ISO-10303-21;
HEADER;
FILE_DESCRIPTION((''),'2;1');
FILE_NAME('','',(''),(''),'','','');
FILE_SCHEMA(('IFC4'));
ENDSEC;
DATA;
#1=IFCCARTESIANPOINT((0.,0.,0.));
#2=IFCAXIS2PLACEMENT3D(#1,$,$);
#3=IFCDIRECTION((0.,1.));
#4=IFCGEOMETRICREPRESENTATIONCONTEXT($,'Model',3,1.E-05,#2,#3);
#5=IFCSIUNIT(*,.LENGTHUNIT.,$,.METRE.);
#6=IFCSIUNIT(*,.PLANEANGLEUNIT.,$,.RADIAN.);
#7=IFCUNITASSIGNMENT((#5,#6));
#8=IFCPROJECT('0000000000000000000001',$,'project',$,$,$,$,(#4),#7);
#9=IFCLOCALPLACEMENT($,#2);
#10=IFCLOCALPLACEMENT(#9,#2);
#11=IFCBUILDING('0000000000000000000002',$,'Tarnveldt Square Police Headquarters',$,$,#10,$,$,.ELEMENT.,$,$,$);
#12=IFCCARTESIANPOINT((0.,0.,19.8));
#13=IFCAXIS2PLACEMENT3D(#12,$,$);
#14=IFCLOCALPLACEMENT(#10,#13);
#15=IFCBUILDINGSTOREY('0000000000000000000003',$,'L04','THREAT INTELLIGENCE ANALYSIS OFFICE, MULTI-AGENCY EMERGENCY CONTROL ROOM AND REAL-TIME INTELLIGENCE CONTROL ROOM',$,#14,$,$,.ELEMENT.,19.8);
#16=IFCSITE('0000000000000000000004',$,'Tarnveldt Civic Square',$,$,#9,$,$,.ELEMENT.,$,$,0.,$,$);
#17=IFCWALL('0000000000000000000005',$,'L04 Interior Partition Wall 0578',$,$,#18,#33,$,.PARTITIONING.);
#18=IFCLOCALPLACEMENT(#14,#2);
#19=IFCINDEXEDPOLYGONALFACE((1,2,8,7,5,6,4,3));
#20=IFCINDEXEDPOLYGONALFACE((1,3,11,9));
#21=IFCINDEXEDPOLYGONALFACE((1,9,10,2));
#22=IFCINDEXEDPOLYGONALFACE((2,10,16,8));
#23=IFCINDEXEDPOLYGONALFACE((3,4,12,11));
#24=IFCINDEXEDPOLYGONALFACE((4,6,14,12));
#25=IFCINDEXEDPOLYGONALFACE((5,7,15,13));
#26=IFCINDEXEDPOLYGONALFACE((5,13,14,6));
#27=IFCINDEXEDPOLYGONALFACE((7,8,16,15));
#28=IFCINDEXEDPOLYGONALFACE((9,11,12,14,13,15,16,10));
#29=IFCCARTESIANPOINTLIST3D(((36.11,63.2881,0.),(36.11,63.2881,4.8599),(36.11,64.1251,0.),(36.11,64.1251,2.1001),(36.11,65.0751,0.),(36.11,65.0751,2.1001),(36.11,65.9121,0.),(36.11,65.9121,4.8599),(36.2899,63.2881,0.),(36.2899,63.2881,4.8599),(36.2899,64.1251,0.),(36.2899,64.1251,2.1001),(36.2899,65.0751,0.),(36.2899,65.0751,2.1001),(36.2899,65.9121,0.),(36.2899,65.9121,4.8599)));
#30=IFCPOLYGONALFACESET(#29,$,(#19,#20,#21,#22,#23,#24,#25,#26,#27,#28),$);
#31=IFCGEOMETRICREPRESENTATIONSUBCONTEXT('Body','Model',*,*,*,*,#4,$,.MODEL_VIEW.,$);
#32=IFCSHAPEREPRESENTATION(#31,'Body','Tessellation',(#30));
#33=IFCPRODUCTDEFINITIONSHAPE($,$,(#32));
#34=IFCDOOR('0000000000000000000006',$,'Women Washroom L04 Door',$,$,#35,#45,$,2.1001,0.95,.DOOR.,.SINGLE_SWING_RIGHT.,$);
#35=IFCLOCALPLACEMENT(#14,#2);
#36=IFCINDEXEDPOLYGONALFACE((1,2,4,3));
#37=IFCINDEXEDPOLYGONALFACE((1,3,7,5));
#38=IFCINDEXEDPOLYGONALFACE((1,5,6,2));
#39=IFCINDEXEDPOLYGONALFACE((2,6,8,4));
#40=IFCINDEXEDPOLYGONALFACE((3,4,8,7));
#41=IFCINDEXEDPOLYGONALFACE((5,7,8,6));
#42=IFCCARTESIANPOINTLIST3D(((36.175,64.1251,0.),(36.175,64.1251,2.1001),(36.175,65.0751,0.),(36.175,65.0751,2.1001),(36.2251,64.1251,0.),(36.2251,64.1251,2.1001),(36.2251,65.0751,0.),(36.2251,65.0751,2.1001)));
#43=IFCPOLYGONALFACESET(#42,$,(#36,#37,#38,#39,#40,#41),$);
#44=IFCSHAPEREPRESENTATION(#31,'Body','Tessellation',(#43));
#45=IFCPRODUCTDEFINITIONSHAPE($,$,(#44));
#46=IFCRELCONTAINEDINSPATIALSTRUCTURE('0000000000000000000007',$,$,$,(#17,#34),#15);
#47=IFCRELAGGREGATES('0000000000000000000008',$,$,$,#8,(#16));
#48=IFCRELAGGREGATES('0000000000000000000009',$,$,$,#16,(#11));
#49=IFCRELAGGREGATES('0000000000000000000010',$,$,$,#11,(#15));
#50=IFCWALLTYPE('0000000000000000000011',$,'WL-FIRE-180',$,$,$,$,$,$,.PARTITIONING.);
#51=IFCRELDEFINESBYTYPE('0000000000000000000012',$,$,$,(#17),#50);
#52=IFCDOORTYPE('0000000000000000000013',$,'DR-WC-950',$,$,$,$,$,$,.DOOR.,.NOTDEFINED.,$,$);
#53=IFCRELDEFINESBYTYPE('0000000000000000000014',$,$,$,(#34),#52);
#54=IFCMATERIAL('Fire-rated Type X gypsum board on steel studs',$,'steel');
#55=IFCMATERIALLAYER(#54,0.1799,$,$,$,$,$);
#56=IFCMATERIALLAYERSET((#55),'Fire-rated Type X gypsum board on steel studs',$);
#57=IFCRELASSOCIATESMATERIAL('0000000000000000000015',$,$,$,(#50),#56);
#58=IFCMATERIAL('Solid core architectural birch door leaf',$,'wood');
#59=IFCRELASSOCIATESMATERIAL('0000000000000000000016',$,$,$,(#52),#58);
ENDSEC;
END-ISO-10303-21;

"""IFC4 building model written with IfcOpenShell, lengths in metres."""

from ifc_helpers import new_model, si_unit, direction, frame, frame_2d, origin, place, context, subcontext, project, spatial, rectangle, extrude, material, layer, layer_set, type_object, element, fill, save


model = new_model("IFC4")

# Units and contexts
model_context = context("Model", 3, precision=1e-05, world=origin(), true_north=direction((0.0, 1.0)))
body_context = subcontext(model_context, "Body", "Model", "MODEL_VIEW")
ifc_project = project(units=[si_unit("LENGTHUNIT", "METRE"), si_unit("PLANEANGLEUNIT", "RADIAN")], contexts=[model_context])

# Site, building, storey
site_placement = place(None, origin())
site = spatial("IfcSite", under=ifc_project, at=site_placement, Name="Tarnveldt Civic Square", CompositionType="ELEMENT", RefElevation=0.0)
building_placement = place(site_placement, origin())
building = spatial("IfcBuilding", under=site, at=building_placement, Name="Tarnveldt Square Police Headquarters", CompositionType="ELEMENT")
storey_placement = place(building_placement, frame((0.0, 0.0, 19.8)))
storey = spatial("IfcBuildingStorey", under=building, at=storey_placement, Name="L04", Description="THREAT INTELLIGENCE ANALYSIS OFFICE, MULTI-AGENCY EMERGENCY CONTROL ROOM AND REAL-TIME INTELLIGENCE CONTROL ROOM", CompositionType="ELEMENT", Elevation=19.8)

# Wall, opening, door
ifc_material_1 = material(Name="Fire-rated Type X gypsum board on steel studs", Category="steel")
ifc_layer_1 = layer(ifc_material_1, 0.1799)
ifc_layer_set_1 = layer_set([ifc_layer_1], Name="Fire-rated Type X gypsum board on steel studs")
wall_type = type_object("IfcWallType", Name="WL-FIRE-180", PredefinedType="PARTITIONING", material=ifc_layer_set_1)
ifc_material_2 = material(Name="Solid core architectural birch door leaf", Category="wood")
door_type_1 = type_object("IfcDoorType", Name="DR-WC-950", OperationType="NOTDEFINED", PredefinedType="DOOR", material=ifc_material_2)
wall_1_placement = place(storey_placement, frame((36.2, 63.2881, 0.0), z_axis=(0.0, 0.0, 1.0), x_axis=(0.0, 1.0, 0.0)))
wall_1 = element("IfcWall", 1, at=wall_1_placement, inside=storey, type_object=wall_type, Name="L04 Interior Partition Wall 0578", PredefinedType="PARTITIONING", context=body_context, shape_type="SweptSolid", body=[
    extrude(rectangle(XDim=2.624, YDim=0.1799, at=frame_2d((1.312, 0.0))), origin(), (0.0, 0.0, 1.0), 4.8599),
])
opening_1_placement = place(wall_1_placement, frame((0.8369, 0.0, 0.0)))
opening_1 = element("IfcOpeningElement", 2, at=opening_1_placement, cuts=wall_1, PredefinedType="OPENING", context=body_context, shape_type="SweptSolid", body=[
    extrude(rectangle(XDim=0.95, YDim=2.1001, at=frame_2d((0.4751, 1.05))), frame((0.0, 0.0999, 0.0), z_axis=(0.0, -1.0, 0.0), x_axis=(1.0, 0.0, 0.0)), (0.0, 0.0, 1.0), 0.2),
])
door_1_placement = place(opening_1_placement, origin())
door_1 = element("IfcDoor", 3, at=door_1_placement, inside=storey, type_object=door_type_1, Name="Women Washroom L04 Door", OperationType="SINGLE_SWING_RIGHT", OverallHeight=2.1001, OverallWidth=0.95, PredefinedType="DOOR", context=body_context, shape_type="SweptSolid", body=[
    extrude(rectangle(XDim=0.95, YDim=2.1001, at=frame_2d((0.4751, 1.05))), frame((0.0, 0.0249, 0.0), z_axis=(0.0, -1.0, 0.0), x_axis=(1.0, 0.0, 0.0)), (0.0, 0.0, 1.0), 0.05),
])
fill(opening_1, door_1)

save(model, "model.ifc")
